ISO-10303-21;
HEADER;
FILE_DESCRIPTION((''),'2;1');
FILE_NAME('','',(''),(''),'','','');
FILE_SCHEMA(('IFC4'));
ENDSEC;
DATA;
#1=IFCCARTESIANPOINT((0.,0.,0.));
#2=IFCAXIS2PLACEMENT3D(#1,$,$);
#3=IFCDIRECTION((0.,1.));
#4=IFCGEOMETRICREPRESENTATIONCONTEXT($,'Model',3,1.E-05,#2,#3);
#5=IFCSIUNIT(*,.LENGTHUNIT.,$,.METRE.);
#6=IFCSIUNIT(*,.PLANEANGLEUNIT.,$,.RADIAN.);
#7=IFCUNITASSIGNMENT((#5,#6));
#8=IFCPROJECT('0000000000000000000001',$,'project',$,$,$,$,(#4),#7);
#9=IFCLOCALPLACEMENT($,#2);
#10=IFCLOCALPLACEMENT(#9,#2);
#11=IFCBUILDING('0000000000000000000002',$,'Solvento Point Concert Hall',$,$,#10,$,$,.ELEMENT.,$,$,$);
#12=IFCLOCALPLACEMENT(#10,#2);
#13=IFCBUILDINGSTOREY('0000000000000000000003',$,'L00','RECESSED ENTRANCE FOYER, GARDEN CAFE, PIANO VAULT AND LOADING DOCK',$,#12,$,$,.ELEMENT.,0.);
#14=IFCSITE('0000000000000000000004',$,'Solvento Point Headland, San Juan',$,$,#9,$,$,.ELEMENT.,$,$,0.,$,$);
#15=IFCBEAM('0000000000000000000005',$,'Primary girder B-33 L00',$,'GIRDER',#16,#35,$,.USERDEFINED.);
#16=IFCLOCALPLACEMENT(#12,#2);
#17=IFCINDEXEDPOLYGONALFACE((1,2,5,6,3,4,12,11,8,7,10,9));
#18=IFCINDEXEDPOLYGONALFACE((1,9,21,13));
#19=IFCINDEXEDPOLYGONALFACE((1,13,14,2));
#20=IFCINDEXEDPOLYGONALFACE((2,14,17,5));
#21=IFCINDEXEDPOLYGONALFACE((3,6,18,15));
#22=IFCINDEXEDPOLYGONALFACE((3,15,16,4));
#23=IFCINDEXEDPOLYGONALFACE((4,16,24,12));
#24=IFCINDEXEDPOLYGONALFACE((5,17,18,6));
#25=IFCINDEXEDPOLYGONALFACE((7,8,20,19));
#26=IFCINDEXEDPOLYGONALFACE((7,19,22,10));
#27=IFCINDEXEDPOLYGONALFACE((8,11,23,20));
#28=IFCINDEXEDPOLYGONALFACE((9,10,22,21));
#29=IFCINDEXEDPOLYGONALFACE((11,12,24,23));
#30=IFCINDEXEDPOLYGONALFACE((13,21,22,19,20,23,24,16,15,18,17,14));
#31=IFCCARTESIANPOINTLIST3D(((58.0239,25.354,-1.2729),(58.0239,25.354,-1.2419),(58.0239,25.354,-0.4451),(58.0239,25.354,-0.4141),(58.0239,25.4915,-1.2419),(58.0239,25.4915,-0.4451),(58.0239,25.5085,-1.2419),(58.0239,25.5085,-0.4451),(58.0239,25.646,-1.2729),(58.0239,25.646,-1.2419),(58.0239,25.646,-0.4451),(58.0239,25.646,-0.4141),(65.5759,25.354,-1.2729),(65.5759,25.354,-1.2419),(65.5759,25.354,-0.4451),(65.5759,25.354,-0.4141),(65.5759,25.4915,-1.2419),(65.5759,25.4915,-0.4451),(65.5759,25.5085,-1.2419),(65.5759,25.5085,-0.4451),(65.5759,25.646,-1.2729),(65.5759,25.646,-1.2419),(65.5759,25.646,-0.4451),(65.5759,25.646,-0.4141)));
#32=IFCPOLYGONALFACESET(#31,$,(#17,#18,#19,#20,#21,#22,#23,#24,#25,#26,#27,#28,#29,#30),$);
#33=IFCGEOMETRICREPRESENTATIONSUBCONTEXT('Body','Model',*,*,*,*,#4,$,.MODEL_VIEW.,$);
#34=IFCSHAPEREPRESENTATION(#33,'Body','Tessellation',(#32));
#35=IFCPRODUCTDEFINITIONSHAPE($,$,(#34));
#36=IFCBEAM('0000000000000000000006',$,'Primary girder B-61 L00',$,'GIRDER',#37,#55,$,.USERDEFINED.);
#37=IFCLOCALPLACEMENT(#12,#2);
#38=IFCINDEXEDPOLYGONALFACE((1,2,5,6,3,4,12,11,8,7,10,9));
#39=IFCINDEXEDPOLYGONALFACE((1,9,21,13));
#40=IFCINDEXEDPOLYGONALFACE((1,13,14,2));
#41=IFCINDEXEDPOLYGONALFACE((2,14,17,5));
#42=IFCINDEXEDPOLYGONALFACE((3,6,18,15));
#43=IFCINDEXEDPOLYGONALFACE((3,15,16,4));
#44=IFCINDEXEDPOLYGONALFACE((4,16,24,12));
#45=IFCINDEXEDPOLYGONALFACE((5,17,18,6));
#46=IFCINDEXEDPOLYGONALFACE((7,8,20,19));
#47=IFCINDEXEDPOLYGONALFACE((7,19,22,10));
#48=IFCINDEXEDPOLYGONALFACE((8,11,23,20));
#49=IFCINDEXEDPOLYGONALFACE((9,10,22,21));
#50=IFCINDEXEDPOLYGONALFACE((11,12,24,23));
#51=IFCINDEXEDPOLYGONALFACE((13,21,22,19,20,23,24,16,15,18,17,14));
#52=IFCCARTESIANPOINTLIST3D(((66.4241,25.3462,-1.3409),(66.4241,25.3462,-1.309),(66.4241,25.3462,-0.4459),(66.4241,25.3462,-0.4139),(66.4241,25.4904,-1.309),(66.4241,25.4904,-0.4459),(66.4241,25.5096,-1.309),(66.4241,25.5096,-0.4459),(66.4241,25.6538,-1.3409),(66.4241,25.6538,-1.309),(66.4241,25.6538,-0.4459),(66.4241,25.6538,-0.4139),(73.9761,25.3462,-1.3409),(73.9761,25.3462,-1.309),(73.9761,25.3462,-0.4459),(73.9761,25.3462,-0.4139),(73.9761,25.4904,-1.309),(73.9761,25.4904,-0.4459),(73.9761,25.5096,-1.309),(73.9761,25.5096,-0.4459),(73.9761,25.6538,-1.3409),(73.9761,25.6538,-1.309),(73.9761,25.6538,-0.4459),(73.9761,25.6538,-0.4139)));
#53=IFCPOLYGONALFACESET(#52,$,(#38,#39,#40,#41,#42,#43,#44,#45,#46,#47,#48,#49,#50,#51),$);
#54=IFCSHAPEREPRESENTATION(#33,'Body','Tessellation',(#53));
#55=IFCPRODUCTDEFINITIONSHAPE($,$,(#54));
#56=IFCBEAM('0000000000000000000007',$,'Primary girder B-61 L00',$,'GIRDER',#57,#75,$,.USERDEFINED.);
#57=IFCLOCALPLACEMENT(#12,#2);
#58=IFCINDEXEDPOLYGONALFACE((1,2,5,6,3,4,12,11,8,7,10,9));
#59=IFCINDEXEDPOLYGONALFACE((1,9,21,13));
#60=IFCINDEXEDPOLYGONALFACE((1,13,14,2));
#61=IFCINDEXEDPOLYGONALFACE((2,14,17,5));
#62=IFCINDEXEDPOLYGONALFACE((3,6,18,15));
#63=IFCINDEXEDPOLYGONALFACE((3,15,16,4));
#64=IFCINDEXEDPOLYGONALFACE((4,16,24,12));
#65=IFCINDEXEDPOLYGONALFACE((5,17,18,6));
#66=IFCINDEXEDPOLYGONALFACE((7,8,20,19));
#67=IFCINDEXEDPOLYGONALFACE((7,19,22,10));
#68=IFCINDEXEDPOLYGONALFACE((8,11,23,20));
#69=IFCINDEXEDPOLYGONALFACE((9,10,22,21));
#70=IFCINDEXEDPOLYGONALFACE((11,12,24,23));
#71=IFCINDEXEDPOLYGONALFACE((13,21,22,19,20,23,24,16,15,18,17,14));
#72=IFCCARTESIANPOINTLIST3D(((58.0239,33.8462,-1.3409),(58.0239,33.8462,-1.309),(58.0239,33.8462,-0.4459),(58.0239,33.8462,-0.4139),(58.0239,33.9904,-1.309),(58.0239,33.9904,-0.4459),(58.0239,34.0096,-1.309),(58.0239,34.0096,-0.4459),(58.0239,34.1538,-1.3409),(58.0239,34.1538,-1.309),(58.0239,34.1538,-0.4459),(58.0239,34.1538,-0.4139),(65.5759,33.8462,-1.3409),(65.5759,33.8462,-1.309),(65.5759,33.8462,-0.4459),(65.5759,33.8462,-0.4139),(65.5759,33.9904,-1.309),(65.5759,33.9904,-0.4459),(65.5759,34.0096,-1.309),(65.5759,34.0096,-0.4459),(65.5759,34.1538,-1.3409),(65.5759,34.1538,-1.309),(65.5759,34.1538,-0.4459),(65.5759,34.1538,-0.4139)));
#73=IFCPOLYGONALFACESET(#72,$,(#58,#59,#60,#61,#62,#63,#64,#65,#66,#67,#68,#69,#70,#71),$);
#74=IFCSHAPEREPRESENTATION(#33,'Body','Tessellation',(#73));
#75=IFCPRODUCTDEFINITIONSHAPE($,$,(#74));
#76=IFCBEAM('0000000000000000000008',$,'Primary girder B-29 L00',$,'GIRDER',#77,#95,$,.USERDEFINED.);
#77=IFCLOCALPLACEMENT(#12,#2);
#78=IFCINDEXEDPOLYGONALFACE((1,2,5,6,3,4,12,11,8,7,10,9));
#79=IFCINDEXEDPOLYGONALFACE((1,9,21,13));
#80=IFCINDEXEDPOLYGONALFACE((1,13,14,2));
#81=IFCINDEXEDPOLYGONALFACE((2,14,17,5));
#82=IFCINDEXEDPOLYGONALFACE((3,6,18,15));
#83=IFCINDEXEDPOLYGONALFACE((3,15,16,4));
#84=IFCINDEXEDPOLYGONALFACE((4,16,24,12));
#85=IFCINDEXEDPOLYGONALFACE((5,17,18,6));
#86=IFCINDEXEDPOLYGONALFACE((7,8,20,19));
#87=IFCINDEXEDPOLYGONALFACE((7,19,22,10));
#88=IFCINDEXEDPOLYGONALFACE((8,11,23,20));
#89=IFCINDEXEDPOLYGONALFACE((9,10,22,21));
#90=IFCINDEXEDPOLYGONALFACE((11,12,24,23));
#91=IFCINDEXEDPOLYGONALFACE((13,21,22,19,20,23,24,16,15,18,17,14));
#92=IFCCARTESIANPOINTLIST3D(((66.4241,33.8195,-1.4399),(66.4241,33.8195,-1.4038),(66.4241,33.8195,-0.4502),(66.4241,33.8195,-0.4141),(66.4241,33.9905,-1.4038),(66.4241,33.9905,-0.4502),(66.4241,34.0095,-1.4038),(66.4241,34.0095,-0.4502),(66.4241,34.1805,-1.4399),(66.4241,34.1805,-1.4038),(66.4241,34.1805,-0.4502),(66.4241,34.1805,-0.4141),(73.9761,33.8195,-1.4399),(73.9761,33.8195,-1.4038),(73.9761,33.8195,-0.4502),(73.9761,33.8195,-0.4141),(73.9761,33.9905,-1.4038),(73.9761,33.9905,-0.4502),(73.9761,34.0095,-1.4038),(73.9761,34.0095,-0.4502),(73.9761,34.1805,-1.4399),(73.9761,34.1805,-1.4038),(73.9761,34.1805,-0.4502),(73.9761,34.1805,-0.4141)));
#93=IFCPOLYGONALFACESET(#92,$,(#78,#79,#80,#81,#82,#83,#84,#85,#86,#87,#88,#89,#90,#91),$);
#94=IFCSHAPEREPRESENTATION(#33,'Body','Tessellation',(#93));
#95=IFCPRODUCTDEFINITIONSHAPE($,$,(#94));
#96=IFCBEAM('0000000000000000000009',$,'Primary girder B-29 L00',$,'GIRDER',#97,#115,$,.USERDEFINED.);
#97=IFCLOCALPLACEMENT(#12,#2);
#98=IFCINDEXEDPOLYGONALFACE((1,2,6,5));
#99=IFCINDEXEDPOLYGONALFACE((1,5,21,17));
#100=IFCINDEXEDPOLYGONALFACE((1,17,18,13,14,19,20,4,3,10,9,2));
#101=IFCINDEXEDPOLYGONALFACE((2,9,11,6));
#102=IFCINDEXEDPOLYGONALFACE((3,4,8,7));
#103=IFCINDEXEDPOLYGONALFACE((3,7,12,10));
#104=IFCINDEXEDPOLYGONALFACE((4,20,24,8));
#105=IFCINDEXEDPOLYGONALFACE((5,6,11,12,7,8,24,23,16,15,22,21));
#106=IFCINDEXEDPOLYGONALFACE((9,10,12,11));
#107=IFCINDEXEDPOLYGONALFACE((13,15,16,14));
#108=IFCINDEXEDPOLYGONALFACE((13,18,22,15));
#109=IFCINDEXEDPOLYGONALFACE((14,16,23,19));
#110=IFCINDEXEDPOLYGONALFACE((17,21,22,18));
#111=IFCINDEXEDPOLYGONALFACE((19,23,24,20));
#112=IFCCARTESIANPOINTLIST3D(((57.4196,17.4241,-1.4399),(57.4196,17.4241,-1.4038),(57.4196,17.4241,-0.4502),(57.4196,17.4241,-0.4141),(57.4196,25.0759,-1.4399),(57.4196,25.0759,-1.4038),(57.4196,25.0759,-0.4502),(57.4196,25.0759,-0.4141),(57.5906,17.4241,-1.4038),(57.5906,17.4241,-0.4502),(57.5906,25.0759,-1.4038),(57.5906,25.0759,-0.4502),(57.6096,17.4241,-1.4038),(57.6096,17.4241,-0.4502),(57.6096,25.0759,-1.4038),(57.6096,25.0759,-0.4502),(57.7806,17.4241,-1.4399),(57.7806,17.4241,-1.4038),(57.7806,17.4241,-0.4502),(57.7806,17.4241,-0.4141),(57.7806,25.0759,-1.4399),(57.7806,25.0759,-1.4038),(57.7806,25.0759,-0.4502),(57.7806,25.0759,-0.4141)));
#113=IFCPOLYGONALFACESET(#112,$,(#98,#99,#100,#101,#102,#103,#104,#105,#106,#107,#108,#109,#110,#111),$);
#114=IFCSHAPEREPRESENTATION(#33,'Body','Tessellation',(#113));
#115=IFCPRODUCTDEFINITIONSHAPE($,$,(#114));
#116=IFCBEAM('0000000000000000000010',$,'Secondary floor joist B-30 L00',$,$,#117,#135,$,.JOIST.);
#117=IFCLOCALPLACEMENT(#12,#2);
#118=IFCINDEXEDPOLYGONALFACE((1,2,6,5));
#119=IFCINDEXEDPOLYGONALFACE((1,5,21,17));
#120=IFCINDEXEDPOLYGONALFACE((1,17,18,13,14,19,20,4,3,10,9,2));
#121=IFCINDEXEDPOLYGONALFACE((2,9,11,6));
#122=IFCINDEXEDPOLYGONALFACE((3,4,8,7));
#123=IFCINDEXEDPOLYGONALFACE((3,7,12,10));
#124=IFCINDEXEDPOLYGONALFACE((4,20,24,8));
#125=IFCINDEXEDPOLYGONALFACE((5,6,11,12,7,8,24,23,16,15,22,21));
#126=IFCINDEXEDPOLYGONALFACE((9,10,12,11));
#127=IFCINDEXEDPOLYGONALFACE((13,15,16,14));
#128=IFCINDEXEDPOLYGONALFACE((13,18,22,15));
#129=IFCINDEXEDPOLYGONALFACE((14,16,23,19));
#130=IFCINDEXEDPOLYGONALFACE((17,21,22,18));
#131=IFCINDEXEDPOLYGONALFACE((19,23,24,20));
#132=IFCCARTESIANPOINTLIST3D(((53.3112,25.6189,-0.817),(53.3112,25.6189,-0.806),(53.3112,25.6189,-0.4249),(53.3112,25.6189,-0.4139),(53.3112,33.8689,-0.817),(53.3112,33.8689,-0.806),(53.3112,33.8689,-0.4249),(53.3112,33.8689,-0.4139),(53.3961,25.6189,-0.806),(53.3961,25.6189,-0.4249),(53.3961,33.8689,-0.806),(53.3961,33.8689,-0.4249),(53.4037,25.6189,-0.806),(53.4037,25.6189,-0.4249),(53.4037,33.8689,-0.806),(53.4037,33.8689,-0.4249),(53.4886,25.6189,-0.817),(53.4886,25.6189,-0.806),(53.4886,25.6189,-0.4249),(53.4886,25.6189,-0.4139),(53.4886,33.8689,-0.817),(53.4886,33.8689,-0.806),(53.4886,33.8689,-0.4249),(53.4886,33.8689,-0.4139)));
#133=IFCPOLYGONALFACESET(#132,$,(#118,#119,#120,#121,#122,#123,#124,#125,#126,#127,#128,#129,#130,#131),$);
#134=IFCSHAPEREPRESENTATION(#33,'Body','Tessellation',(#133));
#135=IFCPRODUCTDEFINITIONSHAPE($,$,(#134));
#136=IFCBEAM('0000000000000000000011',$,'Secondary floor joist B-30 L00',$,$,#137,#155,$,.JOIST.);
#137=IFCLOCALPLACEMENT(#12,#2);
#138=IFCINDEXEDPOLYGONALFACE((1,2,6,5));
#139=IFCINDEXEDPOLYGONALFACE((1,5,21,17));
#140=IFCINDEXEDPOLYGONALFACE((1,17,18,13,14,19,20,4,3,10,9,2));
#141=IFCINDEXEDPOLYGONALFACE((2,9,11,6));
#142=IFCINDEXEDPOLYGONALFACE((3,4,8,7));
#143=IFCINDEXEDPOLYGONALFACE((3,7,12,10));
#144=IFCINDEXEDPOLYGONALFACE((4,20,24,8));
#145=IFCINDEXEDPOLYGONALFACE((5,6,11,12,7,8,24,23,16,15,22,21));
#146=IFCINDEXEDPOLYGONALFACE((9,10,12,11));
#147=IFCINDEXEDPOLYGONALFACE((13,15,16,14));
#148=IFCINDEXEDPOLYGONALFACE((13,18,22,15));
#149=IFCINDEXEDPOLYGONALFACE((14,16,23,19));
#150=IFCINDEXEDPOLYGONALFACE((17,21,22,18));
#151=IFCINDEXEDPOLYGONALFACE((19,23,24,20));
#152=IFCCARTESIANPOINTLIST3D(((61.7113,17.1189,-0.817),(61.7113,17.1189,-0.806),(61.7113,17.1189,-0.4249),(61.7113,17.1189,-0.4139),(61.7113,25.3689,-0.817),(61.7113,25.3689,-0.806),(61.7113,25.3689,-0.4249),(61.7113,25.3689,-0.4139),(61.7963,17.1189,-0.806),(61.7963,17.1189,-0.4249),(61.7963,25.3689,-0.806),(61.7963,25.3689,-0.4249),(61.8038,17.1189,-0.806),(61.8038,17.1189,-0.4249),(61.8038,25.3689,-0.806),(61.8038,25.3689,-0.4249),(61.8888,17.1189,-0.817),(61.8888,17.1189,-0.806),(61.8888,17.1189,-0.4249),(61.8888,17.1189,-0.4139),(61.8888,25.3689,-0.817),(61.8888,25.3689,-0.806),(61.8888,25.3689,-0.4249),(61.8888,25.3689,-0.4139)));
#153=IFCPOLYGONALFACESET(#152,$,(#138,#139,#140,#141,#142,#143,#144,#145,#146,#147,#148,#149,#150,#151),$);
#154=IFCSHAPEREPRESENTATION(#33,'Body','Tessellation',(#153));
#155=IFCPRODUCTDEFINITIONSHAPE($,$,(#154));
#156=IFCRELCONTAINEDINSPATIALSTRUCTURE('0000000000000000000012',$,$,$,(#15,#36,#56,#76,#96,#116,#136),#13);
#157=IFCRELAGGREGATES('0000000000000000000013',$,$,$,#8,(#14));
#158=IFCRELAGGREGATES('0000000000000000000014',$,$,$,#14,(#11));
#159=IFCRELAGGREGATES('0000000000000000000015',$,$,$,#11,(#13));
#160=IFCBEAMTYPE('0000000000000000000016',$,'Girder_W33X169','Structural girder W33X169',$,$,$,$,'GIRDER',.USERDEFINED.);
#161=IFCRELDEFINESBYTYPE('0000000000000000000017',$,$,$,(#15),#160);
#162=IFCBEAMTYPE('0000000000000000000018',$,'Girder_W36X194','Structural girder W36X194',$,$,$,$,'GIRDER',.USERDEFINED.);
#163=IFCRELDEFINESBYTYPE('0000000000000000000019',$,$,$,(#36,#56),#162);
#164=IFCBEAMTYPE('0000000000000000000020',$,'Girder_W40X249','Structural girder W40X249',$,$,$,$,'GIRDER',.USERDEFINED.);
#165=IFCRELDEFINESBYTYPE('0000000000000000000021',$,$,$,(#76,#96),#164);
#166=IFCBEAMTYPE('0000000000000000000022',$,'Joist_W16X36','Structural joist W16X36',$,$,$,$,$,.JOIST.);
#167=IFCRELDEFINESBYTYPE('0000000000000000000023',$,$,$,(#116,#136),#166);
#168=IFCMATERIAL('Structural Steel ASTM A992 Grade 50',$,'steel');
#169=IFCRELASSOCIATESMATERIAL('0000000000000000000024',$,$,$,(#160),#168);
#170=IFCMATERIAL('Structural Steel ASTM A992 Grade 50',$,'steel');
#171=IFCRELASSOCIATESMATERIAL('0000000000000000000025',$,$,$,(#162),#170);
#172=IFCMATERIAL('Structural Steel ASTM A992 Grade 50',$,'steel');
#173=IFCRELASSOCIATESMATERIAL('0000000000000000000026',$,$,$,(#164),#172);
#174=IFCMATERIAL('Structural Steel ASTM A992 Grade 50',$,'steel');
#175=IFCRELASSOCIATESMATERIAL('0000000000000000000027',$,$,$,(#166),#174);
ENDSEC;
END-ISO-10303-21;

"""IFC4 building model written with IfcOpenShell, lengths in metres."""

from ifc_helpers import new_model, si_unit, direction, frame, origin, origin_2d, place, context, subcontext, project, spatial, i_section, extrude, material, material_profile, profile_set, type_object, element, save


model = new_model("IFC4")

# Units and contexts
model_context = context("Model", 3, precision=1e-05, world=origin(), true_north=direction((0.0, 1.0)))
body_context = subcontext(model_context, "Body", "Model", "MODEL_VIEW")
ifc_project = project(units=[si_unit("LENGTHUNIT", "METRE"), si_unit("PLANEANGLEUNIT", "RADIAN")], contexts=[model_context])

# Site, building, storey
site_placement = place(None, origin())
site = spatial("IfcSite", under=ifc_project, at=site_placement, Name="Solvento Point Headland, San Juan", CompositionType="ELEMENT", RefElevation=0.0)
building_placement = place(site_placement, origin())
building = spatial("IfcBuilding", under=site, at=building_placement, Name="Solvento Point Concert Hall", CompositionType="ELEMENT")
storey_placement = place(building_placement, origin())
storey = spatial("IfcBuildingStorey", under=building, at=storey_placement, Name="L00", Description="RECESSED ENTRANCE FOYER, GARDEN CAFE, PIANO VAULT AND LOADING DOCK", CompositionType="ELEMENT", Elevation=0.0)

# Beams
ifc_material_1 = material(Name="Structural Steel ASTM A992 Grade 50", Category="steel")
ifc_material_profile_1 = material_profile(ifc_material_1, i_section(OverallWidth=0.292, OverallDepth=0.8589, WebThickness=0.0171, FlangeThickness=0.031, at=origin_2d()), Name="W33X169")
ifc_profile_set_1 = profile_set([ifc_material_profile_1], Name="Structural Steel ASTM A992 Grade 50")
beam_type_1 = type_object("IfcBeamType", Name="Girder_W33X169", Description="Structural girder W33X169", ElementType="GIRDER", PredefinedType="USERDEFINED", material=ifc_profile_set_1)
beam_1_placement = place(storey_placement, frame((58.0239, 25.5, -0.8435), z_axis=(1.0, 0.0, 0.0), x_axis=(0.0, 1.0, 0.0)))
element("IfcBeam", 1, at=beam_1_placement, inside=storey, type_object=beam_type_1, Name="Primary girder B-33 L00", ObjectType="GIRDER", PredefinedType="USERDEFINED", context=body_context, shape_type="SweptSolid", body=[
    extrude(i_section(OverallWidth=0.292, OverallDepth=0.8589, WebThickness=0.0171, FlangeThickness=0.031, at=origin_2d()), origin(), (0.0, 0.0, 1.0), 7.552),
])
ifc_material_2 = material(Name="Structural Steel ASTM A992 Grade 50", Category="steel")
ifc_material_profile_2 = material_profile(ifc_material_2, i_section(OverallWidth=0.3076, OverallDepth=0.927, WebThickness=0.0193, FlangeThickness=0.032, at=origin_2d()), Name="W36X194")
ifc_profile_set_2 = profile_set([ifc_material_profile_2], Name="Structural Steel ASTM A992 Grade 50")
beam_type_2 = type_object("IfcBeamType", Name="Girder_W36X194", Description="Structural girder W36X194", ElementType="GIRDER", PredefinedType="USERDEFINED", material=ifc_profile_set_2)
for number, where, z_axis, x_axis, name in (
    (2, (66.4241, 25.5, -0.8774), (1.0, 0.0, 0.0), (0.0, 1.0, 0.0), "Primary girder B-61 L00"),
    (3, (58.0239, 34.0, -0.8774), (1.0, 0.0, 0.0), (0.0, 1.0, 0.0), "Primary girder B-61 L00"),
):
    element("IfcBeam", number, at=place(storey_placement, frame(where, z_axis=z_axis, x_axis=x_axis)), inside=storey, type_object=beam_type_2, Name=name, ObjectType="GIRDER", PredefinedType="USERDEFINED", context=body_context, shape_type="SweptSolid", body=[
        extrude(i_section(OverallWidth=0.3076, OverallDepth=0.927, WebThickness=0.0193, FlangeThickness=0.032, at=origin_2d()), origin(), (0.0, 0.0, 1.0), 7.552),
    ])
ifc_material_3 = material(Name="Structural Steel ASTM A992 Grade 50", Category="steel")
ifc_material_profile_3 = material_profile(ifc_material_3, i_section(OverallWidth=0.3611, OverallDepth=1.0259, WebThickness=0.019, FlangeThickness=0.0361, at=origin_2d()), Name="W40X249")
ifc_profile_set_3 = profile_set([ifc_material_profile_3], Name="Structural Steel ASTM A992 Grade 50")
beam_type_3 = type_object("IfcBeamType", Name="Girder_W40X249", Description="Structural girder W40X249", ElementType="GIRDER", PredefinedType="USERDEFINED", material=ifc_profile_set_3)
beam_2_placement = place(storey_placement, frame((66.4241, 34.0, -0.927), z_axis=(1.0, 0.0, 0.0), x_axis=(0.0, 1.0, 0.0)))
element("IfcBeam", 4, at=beam_2_placement, inside=storey, type_object=beam_type_3, Name="Primary girder B-29 L00", ObjectType="GIRDER", PredefinedType="USERDEFINED", context=body_context, shape_type="SweptSolid", body=[
    extrude(i_section(OverallWidth=0.3611, OverallDepth=1.0259, WebThickness=0.019, FlangeThickness=0.0361, at=origin_2d()), origin(), (0.0, 0.0, 1.0), 7.552),
])
beam_3_placement = place(storey_placement, frame((57.6001, 17.4241, -0.927), z_axis=(0.0, 1.0, 0.0), x_axis=(-1.0, 0.0, 0.0)))
element("IfcBeam", 5, at=beam_3_placement, inside=storey, type_object=beam_type_3, Name="Primary girder B-29 L00", ObjectType="GIRDER", PredefinedType="USERDEFINED", context=body_context, shape_type="SweptSolid", body=[
    extrude(i_section(OverallWidth=0.3611, OverallDepth=1.0259, WebThickness=0.019, FlangeThickness=0.0361, at=origin_2d()), origin(), (0.0, 0.0, 1.0), 7.6519),
])
ifc_material_4 = material(Name="Structural Steel ASTM A992 Grade 50", Category="steel")
ifc_material_profile_4 = material_profile(ifc_material_4, i_section(OverallWidth=0.1775, OverallDepth=0.4031, WebThickness=0.0076, FlangeThickness=0.011, at=origin_2d()), Name="W16X36")
ifc_profile_set_4 = profile_set([ifc_material_profile_4], Name="Structural Steel ASTM A992 Grade 50")
beam_type_4 = type_object("IfcBeamType", Name="Joist_W16X36", Description="Structural joist W16X36", PredefinedType="JOIST", material=ifc_profile_set_4)
for number, where, z_axis, x_axis, name in (
    (6, (53.3999, 25.6189, -0.6155), (0.0, 1.0, 0.0), (-1.0, 0.0, 0.0), "Secondary floor joist B-30 L00"),
    (7, (61.8, 17.1189, -0.6155), (0.0, 1.0, 0.0), (-1.0, 0.0, 0.0), "Secondary floor joist B-30 L00"),
):
    element("IfcBeam", number, at=place(storey_placement, frame(where, z_axis=z_axis, x_axis=x_axis)), inside=storey, type_object=beam_type_4, Name=name, PredefinedType="JOIST", context=body_context, shape_type="SweptSolid", body=[
        extrude(i_section(OverallWidth=0.1775, OverallDepth=0.4031, WebThickness=0.0076, FlangeThickness=0.011, at=origin_2d()), origin(), (0.0, 0.0, 1.0), 8.25),
    ])

save(model, "model.ifc")
